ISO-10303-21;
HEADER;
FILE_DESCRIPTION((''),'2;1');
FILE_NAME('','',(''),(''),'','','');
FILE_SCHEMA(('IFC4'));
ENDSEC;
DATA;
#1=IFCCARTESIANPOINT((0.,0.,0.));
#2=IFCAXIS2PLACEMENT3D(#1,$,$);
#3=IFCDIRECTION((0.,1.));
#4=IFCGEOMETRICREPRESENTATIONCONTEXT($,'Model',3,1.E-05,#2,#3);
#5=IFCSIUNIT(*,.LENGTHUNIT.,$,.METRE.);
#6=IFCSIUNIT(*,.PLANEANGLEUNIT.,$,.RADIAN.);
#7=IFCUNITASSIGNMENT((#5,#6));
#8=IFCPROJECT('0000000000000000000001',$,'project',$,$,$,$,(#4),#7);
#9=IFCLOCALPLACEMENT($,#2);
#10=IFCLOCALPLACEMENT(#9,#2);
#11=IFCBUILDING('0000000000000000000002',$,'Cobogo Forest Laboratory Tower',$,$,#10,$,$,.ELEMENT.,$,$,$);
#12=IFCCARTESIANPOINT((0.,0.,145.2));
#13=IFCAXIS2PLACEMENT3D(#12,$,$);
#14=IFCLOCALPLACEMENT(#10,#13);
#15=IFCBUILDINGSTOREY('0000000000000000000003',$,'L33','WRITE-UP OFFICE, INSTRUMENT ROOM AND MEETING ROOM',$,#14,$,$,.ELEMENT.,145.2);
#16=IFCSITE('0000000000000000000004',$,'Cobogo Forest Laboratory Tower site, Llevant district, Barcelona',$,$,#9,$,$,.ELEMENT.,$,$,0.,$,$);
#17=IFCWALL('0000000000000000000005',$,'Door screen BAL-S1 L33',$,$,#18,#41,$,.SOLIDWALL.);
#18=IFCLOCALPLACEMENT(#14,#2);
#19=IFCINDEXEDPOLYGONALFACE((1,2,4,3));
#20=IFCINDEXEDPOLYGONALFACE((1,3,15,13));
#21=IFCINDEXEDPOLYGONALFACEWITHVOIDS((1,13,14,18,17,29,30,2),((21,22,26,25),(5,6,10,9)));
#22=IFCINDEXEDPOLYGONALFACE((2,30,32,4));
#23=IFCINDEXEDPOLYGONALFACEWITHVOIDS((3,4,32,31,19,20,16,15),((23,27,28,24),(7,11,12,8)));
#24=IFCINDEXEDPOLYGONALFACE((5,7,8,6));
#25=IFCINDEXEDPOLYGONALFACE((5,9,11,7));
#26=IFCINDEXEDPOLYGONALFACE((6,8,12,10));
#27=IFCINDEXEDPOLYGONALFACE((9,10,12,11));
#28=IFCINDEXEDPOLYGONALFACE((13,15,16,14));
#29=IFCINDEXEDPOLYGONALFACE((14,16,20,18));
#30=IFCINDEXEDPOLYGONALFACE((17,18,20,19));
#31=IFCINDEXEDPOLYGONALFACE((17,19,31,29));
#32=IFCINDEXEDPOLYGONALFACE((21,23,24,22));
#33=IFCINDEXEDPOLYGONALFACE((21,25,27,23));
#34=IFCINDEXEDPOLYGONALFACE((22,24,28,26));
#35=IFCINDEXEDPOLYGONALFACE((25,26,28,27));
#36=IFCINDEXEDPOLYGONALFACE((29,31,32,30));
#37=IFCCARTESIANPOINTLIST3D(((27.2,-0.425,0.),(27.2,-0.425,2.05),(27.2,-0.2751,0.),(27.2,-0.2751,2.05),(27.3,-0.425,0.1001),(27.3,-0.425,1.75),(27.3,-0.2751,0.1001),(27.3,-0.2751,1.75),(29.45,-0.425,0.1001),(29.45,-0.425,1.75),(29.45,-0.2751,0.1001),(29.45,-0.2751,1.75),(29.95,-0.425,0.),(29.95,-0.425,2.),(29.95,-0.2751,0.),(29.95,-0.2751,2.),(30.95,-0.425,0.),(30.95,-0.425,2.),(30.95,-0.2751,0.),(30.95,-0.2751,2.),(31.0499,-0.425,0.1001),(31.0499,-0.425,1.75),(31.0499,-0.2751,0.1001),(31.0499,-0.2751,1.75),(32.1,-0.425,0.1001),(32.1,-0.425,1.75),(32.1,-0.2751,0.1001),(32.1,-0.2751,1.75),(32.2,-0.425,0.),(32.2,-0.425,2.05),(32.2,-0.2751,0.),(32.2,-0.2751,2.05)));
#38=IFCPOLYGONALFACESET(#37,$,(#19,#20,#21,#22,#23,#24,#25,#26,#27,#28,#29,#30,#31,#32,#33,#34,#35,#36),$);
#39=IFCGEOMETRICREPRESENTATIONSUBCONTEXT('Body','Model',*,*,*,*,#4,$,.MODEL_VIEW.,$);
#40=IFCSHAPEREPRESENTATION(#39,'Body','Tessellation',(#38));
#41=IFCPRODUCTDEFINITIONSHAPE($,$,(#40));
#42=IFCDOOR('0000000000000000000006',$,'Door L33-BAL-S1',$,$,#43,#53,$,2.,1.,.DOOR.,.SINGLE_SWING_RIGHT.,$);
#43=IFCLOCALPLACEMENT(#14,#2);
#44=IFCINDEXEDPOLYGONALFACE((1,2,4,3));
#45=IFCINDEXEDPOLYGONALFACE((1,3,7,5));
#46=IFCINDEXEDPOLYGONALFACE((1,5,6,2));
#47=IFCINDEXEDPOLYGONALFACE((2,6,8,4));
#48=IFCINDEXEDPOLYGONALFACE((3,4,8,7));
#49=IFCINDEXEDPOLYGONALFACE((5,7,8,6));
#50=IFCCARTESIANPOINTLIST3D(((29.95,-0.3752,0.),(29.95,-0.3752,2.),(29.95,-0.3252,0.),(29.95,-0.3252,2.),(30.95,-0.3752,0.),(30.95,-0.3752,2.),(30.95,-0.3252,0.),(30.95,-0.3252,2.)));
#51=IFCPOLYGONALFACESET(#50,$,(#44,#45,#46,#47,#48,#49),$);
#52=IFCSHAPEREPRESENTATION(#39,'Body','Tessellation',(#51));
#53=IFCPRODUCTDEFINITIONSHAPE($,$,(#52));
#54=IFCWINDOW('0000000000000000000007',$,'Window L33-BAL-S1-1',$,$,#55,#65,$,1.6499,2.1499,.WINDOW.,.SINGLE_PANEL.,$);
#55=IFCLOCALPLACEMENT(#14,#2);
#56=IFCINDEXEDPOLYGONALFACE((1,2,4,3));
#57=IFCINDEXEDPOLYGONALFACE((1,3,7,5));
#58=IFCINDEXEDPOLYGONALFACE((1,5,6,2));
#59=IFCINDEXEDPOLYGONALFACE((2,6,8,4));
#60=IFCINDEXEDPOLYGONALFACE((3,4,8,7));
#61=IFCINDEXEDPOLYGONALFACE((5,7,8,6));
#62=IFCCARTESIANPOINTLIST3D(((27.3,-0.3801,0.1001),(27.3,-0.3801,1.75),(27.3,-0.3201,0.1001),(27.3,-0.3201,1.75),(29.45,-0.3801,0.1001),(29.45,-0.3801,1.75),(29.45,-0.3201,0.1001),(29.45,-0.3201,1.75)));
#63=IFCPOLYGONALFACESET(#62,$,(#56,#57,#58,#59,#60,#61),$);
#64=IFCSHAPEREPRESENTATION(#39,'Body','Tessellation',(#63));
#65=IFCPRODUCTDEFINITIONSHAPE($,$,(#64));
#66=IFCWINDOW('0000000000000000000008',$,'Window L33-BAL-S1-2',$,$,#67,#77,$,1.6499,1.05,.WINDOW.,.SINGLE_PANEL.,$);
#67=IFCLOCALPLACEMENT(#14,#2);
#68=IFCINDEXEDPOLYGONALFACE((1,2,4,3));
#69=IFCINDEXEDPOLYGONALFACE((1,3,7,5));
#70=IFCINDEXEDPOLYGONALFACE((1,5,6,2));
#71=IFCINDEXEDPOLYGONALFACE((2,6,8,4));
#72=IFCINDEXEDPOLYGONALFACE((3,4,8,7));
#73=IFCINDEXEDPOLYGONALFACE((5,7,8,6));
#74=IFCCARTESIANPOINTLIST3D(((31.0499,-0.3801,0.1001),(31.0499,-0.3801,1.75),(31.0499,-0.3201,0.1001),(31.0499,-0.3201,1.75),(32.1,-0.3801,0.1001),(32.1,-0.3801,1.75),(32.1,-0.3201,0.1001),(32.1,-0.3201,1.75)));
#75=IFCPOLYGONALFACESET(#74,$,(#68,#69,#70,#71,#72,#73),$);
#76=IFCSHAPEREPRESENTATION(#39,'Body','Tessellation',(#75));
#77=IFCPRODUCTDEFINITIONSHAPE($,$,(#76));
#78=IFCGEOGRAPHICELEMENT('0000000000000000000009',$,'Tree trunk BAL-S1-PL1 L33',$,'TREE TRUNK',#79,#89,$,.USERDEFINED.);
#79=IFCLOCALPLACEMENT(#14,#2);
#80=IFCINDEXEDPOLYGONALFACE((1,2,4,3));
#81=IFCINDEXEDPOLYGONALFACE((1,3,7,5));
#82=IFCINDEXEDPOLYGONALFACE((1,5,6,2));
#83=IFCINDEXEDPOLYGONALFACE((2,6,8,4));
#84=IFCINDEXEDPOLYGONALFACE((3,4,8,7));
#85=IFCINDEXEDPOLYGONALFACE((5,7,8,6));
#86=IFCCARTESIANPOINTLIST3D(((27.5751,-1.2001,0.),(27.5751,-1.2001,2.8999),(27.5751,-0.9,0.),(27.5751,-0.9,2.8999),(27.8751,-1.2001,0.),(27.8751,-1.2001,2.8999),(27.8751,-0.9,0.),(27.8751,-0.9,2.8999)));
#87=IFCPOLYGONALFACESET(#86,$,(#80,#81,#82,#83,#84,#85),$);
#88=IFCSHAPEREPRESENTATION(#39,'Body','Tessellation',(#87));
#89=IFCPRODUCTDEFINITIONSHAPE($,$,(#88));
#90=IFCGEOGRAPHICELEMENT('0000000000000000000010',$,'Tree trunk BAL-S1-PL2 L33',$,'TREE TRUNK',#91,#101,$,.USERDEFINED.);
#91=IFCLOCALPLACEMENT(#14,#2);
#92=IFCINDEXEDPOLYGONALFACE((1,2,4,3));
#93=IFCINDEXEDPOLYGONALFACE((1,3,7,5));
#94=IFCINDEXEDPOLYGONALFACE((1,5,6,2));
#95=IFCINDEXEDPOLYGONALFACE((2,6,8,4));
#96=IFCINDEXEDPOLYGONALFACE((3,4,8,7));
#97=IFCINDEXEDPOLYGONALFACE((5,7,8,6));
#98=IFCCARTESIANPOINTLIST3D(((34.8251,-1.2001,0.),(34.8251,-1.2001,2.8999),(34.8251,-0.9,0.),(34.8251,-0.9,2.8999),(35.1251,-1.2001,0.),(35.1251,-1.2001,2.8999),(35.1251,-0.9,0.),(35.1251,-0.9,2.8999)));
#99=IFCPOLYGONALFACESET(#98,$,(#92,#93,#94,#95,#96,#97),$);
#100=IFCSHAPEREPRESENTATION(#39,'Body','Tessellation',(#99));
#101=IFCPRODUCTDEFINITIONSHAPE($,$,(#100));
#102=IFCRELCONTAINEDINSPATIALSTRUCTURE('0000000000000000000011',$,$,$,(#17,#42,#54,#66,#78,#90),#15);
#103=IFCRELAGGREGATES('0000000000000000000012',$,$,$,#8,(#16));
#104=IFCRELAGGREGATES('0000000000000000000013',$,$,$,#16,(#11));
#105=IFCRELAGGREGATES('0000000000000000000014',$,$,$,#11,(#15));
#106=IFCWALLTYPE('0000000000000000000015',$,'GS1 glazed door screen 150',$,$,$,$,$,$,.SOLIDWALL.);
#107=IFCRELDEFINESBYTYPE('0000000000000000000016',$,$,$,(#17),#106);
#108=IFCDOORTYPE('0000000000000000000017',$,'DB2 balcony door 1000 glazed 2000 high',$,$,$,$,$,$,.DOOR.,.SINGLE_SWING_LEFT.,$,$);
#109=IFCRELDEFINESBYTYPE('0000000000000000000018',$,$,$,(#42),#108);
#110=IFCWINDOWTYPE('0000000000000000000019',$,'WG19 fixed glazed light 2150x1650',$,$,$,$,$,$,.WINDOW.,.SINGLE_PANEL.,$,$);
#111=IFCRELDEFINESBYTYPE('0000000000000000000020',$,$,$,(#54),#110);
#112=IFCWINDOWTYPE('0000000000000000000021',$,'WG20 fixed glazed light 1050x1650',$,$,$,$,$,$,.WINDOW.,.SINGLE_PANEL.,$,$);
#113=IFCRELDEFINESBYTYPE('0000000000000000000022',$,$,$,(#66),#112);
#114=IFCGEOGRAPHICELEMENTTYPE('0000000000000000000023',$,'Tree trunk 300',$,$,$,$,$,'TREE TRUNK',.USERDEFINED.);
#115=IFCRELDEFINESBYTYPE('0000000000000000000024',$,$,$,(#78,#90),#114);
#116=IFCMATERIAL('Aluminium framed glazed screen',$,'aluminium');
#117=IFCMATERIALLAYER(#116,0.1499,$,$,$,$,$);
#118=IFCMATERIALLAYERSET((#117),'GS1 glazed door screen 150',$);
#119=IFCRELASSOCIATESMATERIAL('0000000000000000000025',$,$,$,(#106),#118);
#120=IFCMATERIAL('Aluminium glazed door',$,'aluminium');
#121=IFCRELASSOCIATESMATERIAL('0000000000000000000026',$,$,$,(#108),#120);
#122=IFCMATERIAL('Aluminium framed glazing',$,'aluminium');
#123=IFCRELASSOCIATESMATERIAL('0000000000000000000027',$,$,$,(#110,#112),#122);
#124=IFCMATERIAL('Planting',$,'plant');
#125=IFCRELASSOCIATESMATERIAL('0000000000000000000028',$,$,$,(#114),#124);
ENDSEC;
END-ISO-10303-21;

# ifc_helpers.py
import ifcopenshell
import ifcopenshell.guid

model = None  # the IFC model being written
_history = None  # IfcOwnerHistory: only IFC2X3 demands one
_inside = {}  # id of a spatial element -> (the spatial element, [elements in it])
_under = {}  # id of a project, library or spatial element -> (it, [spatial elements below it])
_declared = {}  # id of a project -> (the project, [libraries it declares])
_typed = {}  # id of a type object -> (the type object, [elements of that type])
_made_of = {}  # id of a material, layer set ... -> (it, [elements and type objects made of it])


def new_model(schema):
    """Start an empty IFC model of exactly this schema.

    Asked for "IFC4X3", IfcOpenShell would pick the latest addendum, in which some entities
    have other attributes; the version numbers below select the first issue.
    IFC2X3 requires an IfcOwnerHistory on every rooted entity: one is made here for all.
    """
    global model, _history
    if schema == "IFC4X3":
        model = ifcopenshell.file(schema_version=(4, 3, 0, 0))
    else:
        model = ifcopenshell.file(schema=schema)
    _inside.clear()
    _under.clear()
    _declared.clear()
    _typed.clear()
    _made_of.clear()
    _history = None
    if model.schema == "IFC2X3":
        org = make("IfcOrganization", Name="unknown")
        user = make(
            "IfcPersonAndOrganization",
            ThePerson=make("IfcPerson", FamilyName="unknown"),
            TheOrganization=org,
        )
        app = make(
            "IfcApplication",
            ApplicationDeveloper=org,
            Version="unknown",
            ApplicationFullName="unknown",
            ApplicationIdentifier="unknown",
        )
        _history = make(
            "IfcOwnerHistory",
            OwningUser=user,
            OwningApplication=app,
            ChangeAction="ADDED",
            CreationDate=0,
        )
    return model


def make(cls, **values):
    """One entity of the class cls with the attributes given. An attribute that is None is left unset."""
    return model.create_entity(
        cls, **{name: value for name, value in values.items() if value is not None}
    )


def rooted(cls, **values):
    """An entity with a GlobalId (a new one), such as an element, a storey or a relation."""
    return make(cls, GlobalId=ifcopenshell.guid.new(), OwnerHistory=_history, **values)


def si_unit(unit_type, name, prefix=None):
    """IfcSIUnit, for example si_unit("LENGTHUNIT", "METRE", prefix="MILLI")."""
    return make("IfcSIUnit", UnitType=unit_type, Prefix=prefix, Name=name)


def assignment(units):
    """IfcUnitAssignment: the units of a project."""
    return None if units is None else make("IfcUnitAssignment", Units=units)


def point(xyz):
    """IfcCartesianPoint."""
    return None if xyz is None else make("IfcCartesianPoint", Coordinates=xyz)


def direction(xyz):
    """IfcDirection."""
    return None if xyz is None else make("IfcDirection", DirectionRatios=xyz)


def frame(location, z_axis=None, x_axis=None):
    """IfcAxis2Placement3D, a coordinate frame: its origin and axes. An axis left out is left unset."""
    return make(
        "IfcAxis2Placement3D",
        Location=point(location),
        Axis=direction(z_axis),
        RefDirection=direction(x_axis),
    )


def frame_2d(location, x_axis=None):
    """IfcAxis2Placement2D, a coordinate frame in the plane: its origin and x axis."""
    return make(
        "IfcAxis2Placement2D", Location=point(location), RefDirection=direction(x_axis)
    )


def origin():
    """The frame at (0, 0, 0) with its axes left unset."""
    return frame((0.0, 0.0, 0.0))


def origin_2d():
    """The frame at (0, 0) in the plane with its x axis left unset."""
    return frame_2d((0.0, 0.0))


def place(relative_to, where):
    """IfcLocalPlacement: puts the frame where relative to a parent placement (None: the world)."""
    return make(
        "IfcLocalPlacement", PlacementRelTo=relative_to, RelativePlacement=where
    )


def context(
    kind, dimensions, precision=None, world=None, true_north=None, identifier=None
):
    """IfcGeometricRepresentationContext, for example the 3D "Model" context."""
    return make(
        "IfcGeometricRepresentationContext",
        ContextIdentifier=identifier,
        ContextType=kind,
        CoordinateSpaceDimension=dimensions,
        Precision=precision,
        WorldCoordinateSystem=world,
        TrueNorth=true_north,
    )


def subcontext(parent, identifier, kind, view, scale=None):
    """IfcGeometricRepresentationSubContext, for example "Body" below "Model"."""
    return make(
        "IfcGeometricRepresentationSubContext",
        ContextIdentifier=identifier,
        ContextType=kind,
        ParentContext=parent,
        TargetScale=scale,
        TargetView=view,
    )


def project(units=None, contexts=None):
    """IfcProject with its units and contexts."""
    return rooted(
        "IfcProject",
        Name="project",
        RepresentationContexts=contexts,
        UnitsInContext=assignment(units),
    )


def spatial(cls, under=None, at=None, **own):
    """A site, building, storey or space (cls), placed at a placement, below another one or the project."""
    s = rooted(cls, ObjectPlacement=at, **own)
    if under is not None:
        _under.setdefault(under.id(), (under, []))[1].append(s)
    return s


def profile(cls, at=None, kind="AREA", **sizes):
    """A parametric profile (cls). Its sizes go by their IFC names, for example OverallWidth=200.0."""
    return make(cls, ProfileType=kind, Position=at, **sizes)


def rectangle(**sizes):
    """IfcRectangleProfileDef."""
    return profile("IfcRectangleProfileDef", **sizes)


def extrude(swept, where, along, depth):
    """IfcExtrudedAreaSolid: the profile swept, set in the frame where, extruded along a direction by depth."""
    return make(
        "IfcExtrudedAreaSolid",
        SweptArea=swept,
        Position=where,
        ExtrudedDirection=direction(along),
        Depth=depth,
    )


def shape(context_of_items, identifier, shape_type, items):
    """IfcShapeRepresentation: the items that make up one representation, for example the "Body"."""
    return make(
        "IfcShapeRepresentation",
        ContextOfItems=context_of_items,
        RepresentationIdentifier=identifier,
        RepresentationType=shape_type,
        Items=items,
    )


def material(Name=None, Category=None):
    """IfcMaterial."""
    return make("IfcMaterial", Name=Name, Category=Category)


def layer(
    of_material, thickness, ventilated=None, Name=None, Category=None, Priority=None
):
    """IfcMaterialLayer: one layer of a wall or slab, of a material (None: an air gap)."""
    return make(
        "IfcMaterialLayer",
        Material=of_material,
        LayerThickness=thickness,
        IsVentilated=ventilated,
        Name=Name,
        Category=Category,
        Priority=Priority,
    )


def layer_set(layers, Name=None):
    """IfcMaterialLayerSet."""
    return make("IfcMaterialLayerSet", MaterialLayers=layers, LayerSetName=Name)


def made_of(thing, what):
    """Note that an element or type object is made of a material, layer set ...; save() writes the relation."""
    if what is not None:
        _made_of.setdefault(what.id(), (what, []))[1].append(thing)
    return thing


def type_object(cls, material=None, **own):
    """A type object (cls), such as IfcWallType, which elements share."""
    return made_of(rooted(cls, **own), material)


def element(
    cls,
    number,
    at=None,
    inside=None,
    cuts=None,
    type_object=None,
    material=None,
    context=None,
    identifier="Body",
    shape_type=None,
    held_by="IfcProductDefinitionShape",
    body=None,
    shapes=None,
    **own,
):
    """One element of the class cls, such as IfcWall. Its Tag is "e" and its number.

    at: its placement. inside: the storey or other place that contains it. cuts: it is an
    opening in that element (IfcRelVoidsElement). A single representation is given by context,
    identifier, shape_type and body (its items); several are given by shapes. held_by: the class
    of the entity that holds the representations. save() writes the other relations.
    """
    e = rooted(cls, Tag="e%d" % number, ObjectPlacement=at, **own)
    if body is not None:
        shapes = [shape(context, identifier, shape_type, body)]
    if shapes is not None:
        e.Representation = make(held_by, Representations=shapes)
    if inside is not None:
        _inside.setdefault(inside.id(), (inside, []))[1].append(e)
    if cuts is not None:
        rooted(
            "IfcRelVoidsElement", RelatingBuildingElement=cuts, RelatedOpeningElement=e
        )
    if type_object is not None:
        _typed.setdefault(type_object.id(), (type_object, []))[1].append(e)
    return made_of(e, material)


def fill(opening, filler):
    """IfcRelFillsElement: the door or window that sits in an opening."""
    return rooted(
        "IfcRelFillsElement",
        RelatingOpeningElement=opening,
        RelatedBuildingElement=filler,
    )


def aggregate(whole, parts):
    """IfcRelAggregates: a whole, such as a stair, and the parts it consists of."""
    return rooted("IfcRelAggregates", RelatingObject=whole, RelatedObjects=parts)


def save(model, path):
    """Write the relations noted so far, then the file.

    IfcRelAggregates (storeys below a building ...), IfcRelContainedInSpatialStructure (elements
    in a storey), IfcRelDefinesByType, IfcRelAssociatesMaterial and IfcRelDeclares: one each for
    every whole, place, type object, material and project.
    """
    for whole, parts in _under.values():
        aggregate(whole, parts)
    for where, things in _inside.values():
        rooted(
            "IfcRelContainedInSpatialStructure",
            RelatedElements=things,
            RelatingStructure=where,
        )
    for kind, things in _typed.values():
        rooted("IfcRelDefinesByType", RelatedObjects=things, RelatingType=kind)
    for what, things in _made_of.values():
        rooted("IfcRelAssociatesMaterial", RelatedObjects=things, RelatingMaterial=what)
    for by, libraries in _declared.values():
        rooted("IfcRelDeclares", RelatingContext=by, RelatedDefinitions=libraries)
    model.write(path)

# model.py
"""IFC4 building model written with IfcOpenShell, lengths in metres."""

from ifc_helpers import new_model, si_unit, direction, frame, frame_2d, origin, origin_2d, place, context, subcontext, project, spatial, rectangle, extrude, material, layer, layer_set, type_object, element, fill, save


model = new_model("IFC4")

# Units and contexts
model_context = context("Model", 3, precision=1e-05, world=origin(), true_north=direction((0.0, 1.0)))
body_context = subcontext(model_context, "Body", "Model", "MODEL_VIEW")
ifc_project = project(units=[si_unit("LENGTHUNIT", "METRE"), si_unit("PLANEANGLEUNIT", "RADIAN")], contexts=[model_context])

# Site, building, storey
site_placement = place(None, origin())
site = spatial("IfcSite", under=ifc_project, at=site_placement, Name="Cobogo Forest Laboratory Tower site, Llevant district, Barcelona", CompositionType="ELEMENT", RefElevation=0.0)
building_placement = place(site_placement, origin())
building = spatial("IfcBuilding", under=site, at=building_placement, Name="Cobogo Forest Laboratory Tower", CompositionType="ELEMENT")
storey_placement = place(building_placement, frame((0.0, 0.0, 145.2)))
storey = spatial("IfcBuildingStorey", under=building, at=storey_placement, Name="L33", Description="WRITE-UP OFFICE, INSTRUMENT ROOM AND MEETING ROOM", CompositionType="ELEMENT", Elevation=145.2)

# Wall, openings, door, windows
ifc_material_1 = material(Name="Aluminium framed glazed screen", Category="aluminium")
ifc_layer_1 = layer(ifc_material_1, 0.1499)
ifc_layer_set_1 = layer_set([ifc_layer_1], Name="GS1 glazed door screen 150")
wall_type = type_object("IfcWallType", Name="GS1 glazed door screen 150", PredefinedType="SOLIDWALL", material=ifc_layer_set_1)
wall_placement = place(storey_placement, frame((27.2, -0.3501, 0.0), z_axis=(0.0, 0.0, 1.0), x_axis=(1.0, 0.0, 0.0)))
wall = element("IfcWall", 1, at=wall_placement, inside=storey, type_object=wall_type, Name="Door screen BAL-S1 L33", PredefinedType="SOLIDWALL", context=body_context, shape_type="SweptSolid", body=[
    extrude(rectangle(XDim=5.0, YDim=0.1499, at=frame_2d((2.5, 0.0))), origin(), (0.0, 0.0, 1.0), 2.05),
])
opening_1_placement = place(wall_placement, frame((2.75, 0.0, 0.0)))
opening_1 = element("IfcOpeningElement", 2, at=opening_1_placement, cuts=wall, PredefinedType="OPENING", context=body_context, shape_type="SweptSolid", body=[
    extrude(rectangle(XDim=1.0, YDim=2.0, at=frame_2d((0.5, 1.0))), frame((0.0, 0.085, 0.0), z_axis=(0.0, -1.0, 0.0), x_axis=(1.0, 0.0, 0.0)), (0.0, 0.0, 1.0), 0.1699),
])
opening_2_placement = place(wall_placement, frame((0.1001, 0.0, 0.1001)))
opening_2 = element("IfcOpeningElement", 3, at=opening_2_placement, cuts=wall, PredefinedType="OPENING", context=body_context, shape_type="SweptSolid", body=[
    extrude(rectangle(XDim=2.1499, YDim=1.6499, at=frame_2d((1.075, 0.825))), frame((0.0, 0.085, 0.0), z_axis=(0.0, -1.0, 0.0), x_axis=(1.0, 0.0, 0.0)), (0.0, 0.0, 1.0), 0.1699),
])
opening_3_placement = place(wall_placement, frame((3.8501, 0.0, 0.1001)))
opening_3 = element("IfcOpeningElement", 4, at=opening_3_placement, cuts=wall, PredefinedType="OPENING", context=body_context, shape_type="SweptSolid", body=[
    extrude(rectangle(XDim=1.05, YDim=1.6499, at=frame_2d((0.5249, 0.825))), frame((0.0, 0.085, 0.0), z_axis=(0.0, -1.0, 0.0), x_axis=(1.0, 0.0, 0.0)), (0.0, 0.0, 1.0), 0.1699),
])
ifc_material_2 = material(Name="Aluminium glazed door", Category="aluminium")
door_type = type_object("IfcDoorType", Name="DB2 balcony door 1000 glazed 2000 high", OperationType="SINGLE_SWING_LEFT", PredefinedType="DOOR", material=ifc_material_2)
door_placement = place(opening_1_placement, origin())
door = element("IfcDoor", 5, at=door_placement, inside=storey, type_object=door_type, Name="Door L33-BAL-S1", OperationType="SINGLE_SWING_RIGHT", OverallHeight=2.0, OverallWidth=1.0, PredefinedType="DOOR", context=body_context, shape_type="SweptSolid", body=[
    extrude(rectangle(XDim=1.0, YDim=2.0, at=frame_2d((0.5, 1.0))), frame((0.0, 0.0249, 0.0), z_axis=(0.0, -1.0, 0.0), x_axis=(1.0, 0.0, 0.0)), (0.0, 0.0, 1.0), 0.05),
])
fill(opening_1, door)
ifc_material_3 = material(Name="Aluminium framed glazing", Category="aluminium")
window_type_1 = type_object("IfcWindowType", Name="WG19 fixed glazed light 2150x1650", PartitioningType="SINGLE_PANEL", PredefinedType="WINDOW", material=ifc_material_3)
window_1_placement = place(opening_2_placement, origin())
window_1 = element("IfcWindow", 6, at=window_1_placement, inside=storey, type_object=window_type_1, Name="Window L33-BAL-S1-1", OverallHeight=1.6499, OverallWidth=2.1499, PartitioningType="SINGLE_PANEL", PredefinedType="WINDOW", context=body_context, shape_type="SweptSolid", body=[
    extrude(rectangle(XDim=2.1499, YDim=1.6499, at=frame_2d((1.075, 0.825))), frame((0.0, 0.03, 0.0), z_axis=(0.0, -1.0, 0.0), x_axis=(1.0, 0.0, 0.0)), (0.0, 0.0, 1.0), 0.0601),
])
fill(opening_2, window_1)
window_type_2 = type_object("IfcWindowType", Name="WG20 fixed glazed light 1050x1650", PartitioningType="SINGLE_PANEL", PredefinedType="WINDOW", material=ifc_material_3)
window_2_placement = place(opening_3_placement, origin())
window_2 = element("IfcWindow", 7, at=window_2_placement, inside=storey, type_object=window_type_2, Name="Window L33-BAL-S1-2", OverallHeight=1.6499, OverallWidth=1.05, PartitioningType="SINGLE_PANEL", PredefinedType="WINDOW", context=body_context, shape_type="SweptSolid", body=[
    extrude(rectangle(XDim=1.05, YDim=1.6499, at=frame_2d((0.5249, 0.825))), frame((0.0, 0.03, 0.0), z_axis=(0.0, -1.0, 0.0), x_axis=(1.0, 0.0, 0.0)), (0.0, 0.0, 1.0), 0.0601),
])
fill(opening_3, window_2)

# Geographic elements
ifc_material_4 = material(Name="Planting", Category="plant")
geographic_element_type = type_object("IfcGeographicElementType", Name="Tree trunk 300", ElementType="TREE TRUNK", PredefinedType="USERDEFINED", material=ifc_material_4)
for number, where, z_axis, x_axis, name in (
    (8, (27.7251, -1.05, 0.0), (0.0, 0.0, 1.0), (1.0, 0.0, 0.0), "Tree trunk BAL-S1-PL1 L33"),
    (9, (34.9751, -1.05, 0.0), (0.0, 0.0, 1.0), (1.0, 0.0, 0.0), "Tree trunk BAL-S1-PL2 L33"),
):
    element("IfcGeographicElement", number, at=place(storey_placement, frame(where, z_axis=z_axis, x_axis=x_axis)), inside=storey, type_object=geographic_element_type, Name=name, ObjectType="TREE TRUNK", PredefinedType="USERDEFINED", context=body_context, shape_type="SweptSolid", body=[
        extrude(rectangle(XDim=0.3, YDim=0.3, at=origin_2d()), origin(), (0.0, 0.0, 1.0), 2.8999),
    ])

save(model, "model.ifc")
